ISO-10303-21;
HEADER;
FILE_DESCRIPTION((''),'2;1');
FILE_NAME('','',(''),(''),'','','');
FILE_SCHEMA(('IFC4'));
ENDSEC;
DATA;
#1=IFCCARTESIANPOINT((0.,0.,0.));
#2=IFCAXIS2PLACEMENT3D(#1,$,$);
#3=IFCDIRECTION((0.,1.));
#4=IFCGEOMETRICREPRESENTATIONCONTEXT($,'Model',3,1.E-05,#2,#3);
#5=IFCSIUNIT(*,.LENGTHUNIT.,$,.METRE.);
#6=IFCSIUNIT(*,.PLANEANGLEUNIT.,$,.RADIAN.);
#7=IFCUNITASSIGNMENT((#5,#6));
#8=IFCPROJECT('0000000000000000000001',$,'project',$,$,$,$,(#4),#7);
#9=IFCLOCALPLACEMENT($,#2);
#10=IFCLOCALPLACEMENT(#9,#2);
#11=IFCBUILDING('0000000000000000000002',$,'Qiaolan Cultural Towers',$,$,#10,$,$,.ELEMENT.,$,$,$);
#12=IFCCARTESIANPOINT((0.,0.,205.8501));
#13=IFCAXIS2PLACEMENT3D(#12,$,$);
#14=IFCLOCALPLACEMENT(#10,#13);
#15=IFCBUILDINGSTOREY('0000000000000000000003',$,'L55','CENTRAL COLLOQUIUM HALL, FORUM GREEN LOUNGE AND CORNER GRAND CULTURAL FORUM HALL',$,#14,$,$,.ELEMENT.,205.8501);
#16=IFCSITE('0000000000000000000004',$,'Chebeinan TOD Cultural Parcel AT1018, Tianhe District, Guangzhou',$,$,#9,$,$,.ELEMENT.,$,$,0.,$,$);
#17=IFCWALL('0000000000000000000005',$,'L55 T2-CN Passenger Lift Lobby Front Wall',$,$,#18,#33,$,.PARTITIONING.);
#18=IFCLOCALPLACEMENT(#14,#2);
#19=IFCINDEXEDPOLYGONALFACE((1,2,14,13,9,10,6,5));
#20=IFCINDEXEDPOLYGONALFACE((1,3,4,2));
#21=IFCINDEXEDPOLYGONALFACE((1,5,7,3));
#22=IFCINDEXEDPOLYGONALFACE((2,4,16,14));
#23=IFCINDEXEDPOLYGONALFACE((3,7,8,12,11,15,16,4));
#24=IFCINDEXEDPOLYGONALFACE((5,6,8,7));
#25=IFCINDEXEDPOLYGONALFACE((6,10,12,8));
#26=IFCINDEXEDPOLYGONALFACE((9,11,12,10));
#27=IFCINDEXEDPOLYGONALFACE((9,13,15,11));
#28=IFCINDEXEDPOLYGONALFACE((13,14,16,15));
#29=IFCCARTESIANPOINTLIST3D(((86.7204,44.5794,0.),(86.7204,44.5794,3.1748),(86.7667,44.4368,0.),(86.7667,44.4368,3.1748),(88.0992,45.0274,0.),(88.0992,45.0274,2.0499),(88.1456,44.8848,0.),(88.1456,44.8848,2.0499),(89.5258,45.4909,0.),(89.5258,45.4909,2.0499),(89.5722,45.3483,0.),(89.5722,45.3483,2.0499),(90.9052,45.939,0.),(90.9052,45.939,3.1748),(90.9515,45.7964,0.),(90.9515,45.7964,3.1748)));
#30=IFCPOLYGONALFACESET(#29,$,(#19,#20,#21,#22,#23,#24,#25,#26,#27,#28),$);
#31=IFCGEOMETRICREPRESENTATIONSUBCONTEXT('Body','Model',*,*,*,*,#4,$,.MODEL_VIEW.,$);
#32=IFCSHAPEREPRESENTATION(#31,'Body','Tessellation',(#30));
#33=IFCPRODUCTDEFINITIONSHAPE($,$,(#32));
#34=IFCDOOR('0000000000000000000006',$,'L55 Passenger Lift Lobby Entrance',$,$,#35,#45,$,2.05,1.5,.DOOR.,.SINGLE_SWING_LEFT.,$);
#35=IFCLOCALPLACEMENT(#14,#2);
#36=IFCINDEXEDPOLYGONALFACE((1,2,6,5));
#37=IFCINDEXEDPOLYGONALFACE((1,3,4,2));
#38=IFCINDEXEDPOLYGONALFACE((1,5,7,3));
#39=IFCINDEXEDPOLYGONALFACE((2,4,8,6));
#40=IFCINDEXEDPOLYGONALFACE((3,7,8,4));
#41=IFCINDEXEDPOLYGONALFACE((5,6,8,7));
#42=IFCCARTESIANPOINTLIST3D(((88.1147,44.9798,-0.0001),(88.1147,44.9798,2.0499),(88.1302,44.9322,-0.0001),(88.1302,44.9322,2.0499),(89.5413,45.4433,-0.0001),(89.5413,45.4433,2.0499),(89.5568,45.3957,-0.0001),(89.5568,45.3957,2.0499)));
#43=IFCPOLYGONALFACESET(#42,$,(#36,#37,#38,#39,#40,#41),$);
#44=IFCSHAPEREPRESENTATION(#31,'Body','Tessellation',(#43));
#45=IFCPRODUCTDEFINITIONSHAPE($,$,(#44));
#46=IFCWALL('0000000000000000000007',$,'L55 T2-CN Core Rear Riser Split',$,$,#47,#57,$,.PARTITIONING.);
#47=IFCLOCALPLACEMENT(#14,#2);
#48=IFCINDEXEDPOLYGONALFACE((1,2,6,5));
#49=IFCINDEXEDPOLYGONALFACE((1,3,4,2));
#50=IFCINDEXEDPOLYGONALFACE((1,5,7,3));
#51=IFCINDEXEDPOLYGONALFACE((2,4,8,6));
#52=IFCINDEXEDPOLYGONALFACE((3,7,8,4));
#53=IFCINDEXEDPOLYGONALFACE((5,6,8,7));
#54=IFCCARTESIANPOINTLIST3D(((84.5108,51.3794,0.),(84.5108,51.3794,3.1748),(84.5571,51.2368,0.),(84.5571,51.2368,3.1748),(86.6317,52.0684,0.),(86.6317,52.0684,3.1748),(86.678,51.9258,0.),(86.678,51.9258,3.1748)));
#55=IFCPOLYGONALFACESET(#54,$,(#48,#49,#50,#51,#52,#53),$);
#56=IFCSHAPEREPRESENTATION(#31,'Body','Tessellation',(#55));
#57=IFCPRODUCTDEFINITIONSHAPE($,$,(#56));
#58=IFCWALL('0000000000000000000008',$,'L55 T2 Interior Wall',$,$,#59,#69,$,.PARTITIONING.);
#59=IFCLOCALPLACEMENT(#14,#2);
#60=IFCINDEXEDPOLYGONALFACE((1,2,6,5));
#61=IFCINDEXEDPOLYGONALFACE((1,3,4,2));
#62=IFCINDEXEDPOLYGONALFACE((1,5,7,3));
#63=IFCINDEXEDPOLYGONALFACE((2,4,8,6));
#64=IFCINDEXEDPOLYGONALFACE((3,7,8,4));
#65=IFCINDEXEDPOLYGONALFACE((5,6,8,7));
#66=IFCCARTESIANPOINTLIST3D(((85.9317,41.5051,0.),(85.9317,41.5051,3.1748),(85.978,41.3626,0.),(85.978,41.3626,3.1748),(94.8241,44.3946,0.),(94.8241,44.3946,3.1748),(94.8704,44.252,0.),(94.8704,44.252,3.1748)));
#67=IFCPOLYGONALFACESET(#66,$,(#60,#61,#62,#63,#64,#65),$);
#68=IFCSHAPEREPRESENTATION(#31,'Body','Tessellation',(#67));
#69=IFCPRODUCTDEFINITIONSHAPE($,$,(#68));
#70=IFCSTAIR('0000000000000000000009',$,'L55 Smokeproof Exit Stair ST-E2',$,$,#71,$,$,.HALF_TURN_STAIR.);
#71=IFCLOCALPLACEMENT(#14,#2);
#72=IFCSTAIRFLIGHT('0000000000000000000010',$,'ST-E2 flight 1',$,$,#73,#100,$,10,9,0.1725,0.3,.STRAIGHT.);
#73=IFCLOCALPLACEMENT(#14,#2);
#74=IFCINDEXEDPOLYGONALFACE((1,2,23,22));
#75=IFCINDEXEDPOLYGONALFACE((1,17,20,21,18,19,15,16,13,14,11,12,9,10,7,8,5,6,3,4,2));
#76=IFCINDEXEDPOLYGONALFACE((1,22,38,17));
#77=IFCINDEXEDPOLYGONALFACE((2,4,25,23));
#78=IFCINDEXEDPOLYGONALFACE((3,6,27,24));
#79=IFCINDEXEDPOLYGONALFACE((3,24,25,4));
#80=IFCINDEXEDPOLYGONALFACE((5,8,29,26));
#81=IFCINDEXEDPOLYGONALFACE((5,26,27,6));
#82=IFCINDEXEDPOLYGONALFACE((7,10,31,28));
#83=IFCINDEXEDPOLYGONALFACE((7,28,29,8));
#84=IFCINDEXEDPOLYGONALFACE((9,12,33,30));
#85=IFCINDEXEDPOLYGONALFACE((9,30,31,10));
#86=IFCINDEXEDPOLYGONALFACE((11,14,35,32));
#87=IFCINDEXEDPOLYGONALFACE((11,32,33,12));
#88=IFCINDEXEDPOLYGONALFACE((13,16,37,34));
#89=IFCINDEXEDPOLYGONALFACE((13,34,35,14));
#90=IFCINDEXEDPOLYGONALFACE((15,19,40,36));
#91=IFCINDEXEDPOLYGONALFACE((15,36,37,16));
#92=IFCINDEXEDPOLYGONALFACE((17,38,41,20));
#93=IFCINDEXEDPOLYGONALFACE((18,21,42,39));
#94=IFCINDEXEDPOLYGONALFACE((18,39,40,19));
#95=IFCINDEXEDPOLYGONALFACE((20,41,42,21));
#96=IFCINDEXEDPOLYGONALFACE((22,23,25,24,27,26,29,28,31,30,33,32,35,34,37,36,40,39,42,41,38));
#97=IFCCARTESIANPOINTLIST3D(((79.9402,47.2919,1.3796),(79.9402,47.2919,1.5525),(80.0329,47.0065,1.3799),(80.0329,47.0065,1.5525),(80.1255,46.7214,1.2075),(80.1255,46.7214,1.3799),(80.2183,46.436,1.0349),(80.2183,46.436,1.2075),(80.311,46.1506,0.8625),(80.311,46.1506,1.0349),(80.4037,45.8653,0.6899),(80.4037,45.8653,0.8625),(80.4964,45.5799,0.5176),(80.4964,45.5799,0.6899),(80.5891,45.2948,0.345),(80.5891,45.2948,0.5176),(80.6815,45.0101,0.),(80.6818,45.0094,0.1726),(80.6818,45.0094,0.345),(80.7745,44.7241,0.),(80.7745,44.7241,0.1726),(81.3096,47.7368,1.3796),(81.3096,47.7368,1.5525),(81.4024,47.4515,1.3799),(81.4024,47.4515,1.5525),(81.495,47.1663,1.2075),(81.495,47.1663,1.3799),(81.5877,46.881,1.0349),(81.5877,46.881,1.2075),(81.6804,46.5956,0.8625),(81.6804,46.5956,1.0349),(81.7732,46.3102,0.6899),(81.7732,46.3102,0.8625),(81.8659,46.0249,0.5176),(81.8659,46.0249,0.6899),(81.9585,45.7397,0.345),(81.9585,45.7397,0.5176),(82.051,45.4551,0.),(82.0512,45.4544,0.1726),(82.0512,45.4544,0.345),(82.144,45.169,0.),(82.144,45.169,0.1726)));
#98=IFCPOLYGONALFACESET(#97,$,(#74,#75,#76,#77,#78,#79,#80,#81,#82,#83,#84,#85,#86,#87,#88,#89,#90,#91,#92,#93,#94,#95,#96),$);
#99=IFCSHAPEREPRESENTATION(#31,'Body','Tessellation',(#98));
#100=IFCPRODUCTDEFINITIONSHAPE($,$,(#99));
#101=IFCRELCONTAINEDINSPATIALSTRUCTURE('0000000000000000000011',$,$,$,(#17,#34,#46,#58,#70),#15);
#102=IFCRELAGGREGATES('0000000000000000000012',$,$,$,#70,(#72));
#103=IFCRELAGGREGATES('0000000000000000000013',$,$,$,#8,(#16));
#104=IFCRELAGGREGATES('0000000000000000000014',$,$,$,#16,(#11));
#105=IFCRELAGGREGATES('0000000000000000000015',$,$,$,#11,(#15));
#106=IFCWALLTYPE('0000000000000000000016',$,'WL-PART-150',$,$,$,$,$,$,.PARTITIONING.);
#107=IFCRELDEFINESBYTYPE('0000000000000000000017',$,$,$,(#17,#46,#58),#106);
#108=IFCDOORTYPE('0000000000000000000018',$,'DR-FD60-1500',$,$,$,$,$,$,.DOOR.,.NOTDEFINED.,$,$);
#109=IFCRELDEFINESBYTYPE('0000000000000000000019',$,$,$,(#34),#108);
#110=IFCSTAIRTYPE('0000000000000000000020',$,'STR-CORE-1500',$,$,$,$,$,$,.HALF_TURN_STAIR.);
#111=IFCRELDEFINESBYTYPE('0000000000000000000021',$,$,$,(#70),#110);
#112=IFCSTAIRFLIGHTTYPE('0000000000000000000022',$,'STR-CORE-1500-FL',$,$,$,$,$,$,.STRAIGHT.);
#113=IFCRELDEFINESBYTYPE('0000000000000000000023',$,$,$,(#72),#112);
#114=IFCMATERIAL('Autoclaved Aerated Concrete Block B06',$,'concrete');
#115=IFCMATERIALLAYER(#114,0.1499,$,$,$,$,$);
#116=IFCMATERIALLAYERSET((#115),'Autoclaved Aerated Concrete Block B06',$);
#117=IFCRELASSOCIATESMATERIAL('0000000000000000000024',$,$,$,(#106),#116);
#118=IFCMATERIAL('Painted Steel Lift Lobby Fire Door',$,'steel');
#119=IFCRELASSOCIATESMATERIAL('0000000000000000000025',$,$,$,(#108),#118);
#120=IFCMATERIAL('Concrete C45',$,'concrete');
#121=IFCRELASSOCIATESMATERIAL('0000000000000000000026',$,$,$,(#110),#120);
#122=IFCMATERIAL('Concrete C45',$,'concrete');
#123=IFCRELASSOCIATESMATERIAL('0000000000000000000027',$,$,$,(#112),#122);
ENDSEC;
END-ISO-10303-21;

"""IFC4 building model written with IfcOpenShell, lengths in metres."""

from ifc_helpers import new_model, si_unit, direction, frame, frame_2d, origin, place, context, subcontext, project, spatial, polyline, rectangle, outline, extrude, material, layer, layer_set, type_object, element, fill, aggregate, save


model = new_model("IFC4")

# Units and contexts
model_context = context("Model", 3, precision=1e-05, world=origin(), true_north=direction((0.0, 1.0)))
body_context = subcontext(model_context, "Body", "Model", "MODEL_VIEW")
ifc_project = project(units=[si_unit("LENGTHUNIT", "METRE"), si_unit("PLANEANGLEUNIT", "RADIAN")], contexts=[model_context])

# Site, building, storey
site_placement = place(None, origin())
site = spatial("IfcSite", under=ifc_project, at=site_placement, Name="Chebeinan TOD Cultural Parcel AT1018, Tianhe District, Guangzhou", CompositionType="ELEMENT", RefElevation=0.0)
building_placement = place(site_placement, origin())
building = spatial("IfcBuilding", under=site, at=building_placement, Name="Qiaolan Cultural Towers", CompositionType="ELEMENT")
storey_placement = place(building_placement, frame((0.0, 0.0, 205.8501)))
storey = spatial("IfcBuildingStorey", under=building, at=storey_placement, Name="L55", Description="CENTRAL COLLOQUIUM HALL, FORUM GREEN LOUNGE AND CORNER GRAND CULTURAL FORUM HALL", CompositionType="ELEMENT", Elevation=205.8501)

# Wall, opening, door
ifc_material_1 = material(Name="Autoclaved Aerated Concrete Block B06", Category="concrete")
ifc_layer_1 = layer(ifc_material_1, 0.1499)
ifc_layer_set_1 = layer_set([ifc_layer_1], Name="Autoclaved Aerated Concrete Block B06")
wall_type_1 = type_object("IfcWallType", Name="WL-PART-150", PredefinedType="PARTITIONING", material=ifc_layer_set_1)
wall_1_placement = place(storey_placement, frame((86.7434, 44.5081, 0.0), z_axis=(0.0, 0.0, 1.0), x_axis=(0.951064, 0.308994, 0.0)))
wall_1 = element("IfcWall", 1, at=wall_1_placement, inside=storey, type_object=wall_type_1, Name="L55 T2-CN Passenger Lift Lobby Front Wall", PredefinedType="PARTITIONING", context=body_context, shape_type="SweptSolid", body=[
    extrude(rectangle(XDim=4.4001, YDim=0.1499, at=frame_2d((2.2002, 0.0))), origin(), (0.0, 0.0, 1.0), 3.1748),
])
opening_1_placement = place(wall_1_placement, frame((1.45, 0.0, 0.0)))
opening_1 = element("IfcOpeningElement", 2, at=opening_1_placement, cuts=wall_1, PredefinedType="OPENING", context=body_context, shape_type="SweptSolid", body=[
    extrude(rectangle(XDim=1.5, YDim=2.05, at=frame_2d((0.75, 1.0249))), frame((0.0, 0.085, 0.0), z_axis=(0.0, -1.0, 0.0), x_axis=(1.0, 0.0, 0.0)), (0.0, 0.0, 1.0), 0.1699),
])
ifc_material_2 = material(Name="Painted Steel Lift Lobby Fire Door", Category="steel")
door_type_1 = type_object("IfcDoorType", Name="DR-FD60-1500", OperationType="NOTDEFINED", PredefinedType="DOOR", material=ifc_material_2)
door_1_placement = place(opening_1_placement, origin())
door_1 = element("IfcDoor", 3, at=door_1_placement, inside=storey, type_object=door_type_1, Name="L55 Passenger Lift Lobby Entrance", OperationType="SINGLE_SWING_LEFT", OverallHeight=2.05, OverallWidth=1.5, PredefinedType="DOOR", context=body_context, shape_type="SweptSolid", body=[
    extrude(rectangle(XDim=1.5, YDim=2.05, at=frame_2d((0.75, 1.0249))), frame((0.0, 0.0249, 0.0), z_axis=(0.0, -1.0, 0.0), x_axis=(1.0, 0.0, 0.0)), (0.0, 0.0, 1.0), 0.05),
])
fill(opening_1, door_1)

# Walls
wall_2_placement = place(storey_placement, frame((84.5339, 51.3081, 0.0), z_axis=(0.0, 0.0, 1.0), x_axis=(0.951075, 0.30896, 0.0)))
element("IfcWall", 4, at=wall_2_placement, inside=storey, type_object=wall_type_1, Name="L55 T2-CN Core Rear Riser Split", PredefinedType="PARTITIONING", context=body_context, shape_type="SweptSolid", body=[
    extrude(rectangle(XDim=2.23, YDim=0.1499, at=frame_2d((1.115, 0.0))), origin(), (0.0, 0.0, 1.0), 3.1748),
])
wall_3_placement = place(storey_placement, frame((85.9548, 41.4338, 0.0), z_axis=(0.0, 0.0, 1.0), x_axis=(0.951053, 0.309028, 0.0)))
element("IfcWall", 5, at=wall_3_placement, inside=storey, type_object=wall_type_1, Name="L55 T2 Interior Wall", PredefinedType="PARTITIONING", context=body_context, shape_type="SweptSolid", body=[
    extrude(rectangle(XDim=9.3501, YDim=0.1499, at=frame_2d((4.675, 0.0))), origin(), (0.0, 0.0, 1.0), 3.1748),
])

# Stair, stair flight
ifc_material_3 = material(Name="Concrete C45", Category="concrete")
stair_type = type_object("IfcStairType", Name="STR-CORE-1500", PredefinedType="HALF_TURN_STAIR", material=ifc_material_3)
stair_placement = place(storey_placement, origin())
stair = element("IfcStair", 6, at=stair_placement, inside=storey, type_object=stair_type, Name="L55 Smokeproof Exit Stair ST-E2", PredefinedType="HALF_TURN_STAIR")
ifc_material_4 = material(Name="Concrete C45", Category="concrete")
stair_flight_type = type_object("IfcStairFlightType", Name="STR-CORE-1500-FL", PredefinedType="STRAIGHT", material=ifc_material_4)
stair_flight_placement = place(storey_placement, frame((81.4592, 44.9465, 0.0), z_axis=(0.0, 0.0, 1.0), x_axis=(-0.309017, 0.951057, 0.0)))
stair_flight = element("IfcStairFlight", 7, at=stair_flight_placement, type_object=stair_flight_type, Name="ST-E2 flight 1", NumberOfRisers=10, NumberOfTreads=9, PredefinedType="STRAIGHT", RiserHeight=0.1725, TreadLength=0.3, context=body_context, shape_type="SweptSolid", body=[
    extrude(outline(polyline([(0.0, 0.0), (0.0, 0.1726), (0.3, 0.1726), (0.3, 0.345), (0.6001, 0.345), (0.6001, 0.5176), (0.8999, 0.5176), (0.8999, 0.6899), (1.2, 0.6899), (1.2, 0.8625), (1.5, 0.8625), (1.5, 1.0349), (1.8, 1.0349), (1.8, 1.2075), (2.1001, 1.2075), (2.1001, 1.3799), (2.3999, 1.3799), (2.3999, 1.5525), (2.7, 1.5525), (2.7, 1.7251), (2.7, 1.3796), (0.3008, 0.0), (0.0, 0.0)])), frame((0.0, 0.72, 0.0), z_axis=(0.0, -1.0, 0.0), x_axis=(1.0, 0.0, 0.0)), (0.0, 0.0, 1.0), 1.4399),
])
aggregate(stair, [stair_flight])

save(model, "model.ifc")
